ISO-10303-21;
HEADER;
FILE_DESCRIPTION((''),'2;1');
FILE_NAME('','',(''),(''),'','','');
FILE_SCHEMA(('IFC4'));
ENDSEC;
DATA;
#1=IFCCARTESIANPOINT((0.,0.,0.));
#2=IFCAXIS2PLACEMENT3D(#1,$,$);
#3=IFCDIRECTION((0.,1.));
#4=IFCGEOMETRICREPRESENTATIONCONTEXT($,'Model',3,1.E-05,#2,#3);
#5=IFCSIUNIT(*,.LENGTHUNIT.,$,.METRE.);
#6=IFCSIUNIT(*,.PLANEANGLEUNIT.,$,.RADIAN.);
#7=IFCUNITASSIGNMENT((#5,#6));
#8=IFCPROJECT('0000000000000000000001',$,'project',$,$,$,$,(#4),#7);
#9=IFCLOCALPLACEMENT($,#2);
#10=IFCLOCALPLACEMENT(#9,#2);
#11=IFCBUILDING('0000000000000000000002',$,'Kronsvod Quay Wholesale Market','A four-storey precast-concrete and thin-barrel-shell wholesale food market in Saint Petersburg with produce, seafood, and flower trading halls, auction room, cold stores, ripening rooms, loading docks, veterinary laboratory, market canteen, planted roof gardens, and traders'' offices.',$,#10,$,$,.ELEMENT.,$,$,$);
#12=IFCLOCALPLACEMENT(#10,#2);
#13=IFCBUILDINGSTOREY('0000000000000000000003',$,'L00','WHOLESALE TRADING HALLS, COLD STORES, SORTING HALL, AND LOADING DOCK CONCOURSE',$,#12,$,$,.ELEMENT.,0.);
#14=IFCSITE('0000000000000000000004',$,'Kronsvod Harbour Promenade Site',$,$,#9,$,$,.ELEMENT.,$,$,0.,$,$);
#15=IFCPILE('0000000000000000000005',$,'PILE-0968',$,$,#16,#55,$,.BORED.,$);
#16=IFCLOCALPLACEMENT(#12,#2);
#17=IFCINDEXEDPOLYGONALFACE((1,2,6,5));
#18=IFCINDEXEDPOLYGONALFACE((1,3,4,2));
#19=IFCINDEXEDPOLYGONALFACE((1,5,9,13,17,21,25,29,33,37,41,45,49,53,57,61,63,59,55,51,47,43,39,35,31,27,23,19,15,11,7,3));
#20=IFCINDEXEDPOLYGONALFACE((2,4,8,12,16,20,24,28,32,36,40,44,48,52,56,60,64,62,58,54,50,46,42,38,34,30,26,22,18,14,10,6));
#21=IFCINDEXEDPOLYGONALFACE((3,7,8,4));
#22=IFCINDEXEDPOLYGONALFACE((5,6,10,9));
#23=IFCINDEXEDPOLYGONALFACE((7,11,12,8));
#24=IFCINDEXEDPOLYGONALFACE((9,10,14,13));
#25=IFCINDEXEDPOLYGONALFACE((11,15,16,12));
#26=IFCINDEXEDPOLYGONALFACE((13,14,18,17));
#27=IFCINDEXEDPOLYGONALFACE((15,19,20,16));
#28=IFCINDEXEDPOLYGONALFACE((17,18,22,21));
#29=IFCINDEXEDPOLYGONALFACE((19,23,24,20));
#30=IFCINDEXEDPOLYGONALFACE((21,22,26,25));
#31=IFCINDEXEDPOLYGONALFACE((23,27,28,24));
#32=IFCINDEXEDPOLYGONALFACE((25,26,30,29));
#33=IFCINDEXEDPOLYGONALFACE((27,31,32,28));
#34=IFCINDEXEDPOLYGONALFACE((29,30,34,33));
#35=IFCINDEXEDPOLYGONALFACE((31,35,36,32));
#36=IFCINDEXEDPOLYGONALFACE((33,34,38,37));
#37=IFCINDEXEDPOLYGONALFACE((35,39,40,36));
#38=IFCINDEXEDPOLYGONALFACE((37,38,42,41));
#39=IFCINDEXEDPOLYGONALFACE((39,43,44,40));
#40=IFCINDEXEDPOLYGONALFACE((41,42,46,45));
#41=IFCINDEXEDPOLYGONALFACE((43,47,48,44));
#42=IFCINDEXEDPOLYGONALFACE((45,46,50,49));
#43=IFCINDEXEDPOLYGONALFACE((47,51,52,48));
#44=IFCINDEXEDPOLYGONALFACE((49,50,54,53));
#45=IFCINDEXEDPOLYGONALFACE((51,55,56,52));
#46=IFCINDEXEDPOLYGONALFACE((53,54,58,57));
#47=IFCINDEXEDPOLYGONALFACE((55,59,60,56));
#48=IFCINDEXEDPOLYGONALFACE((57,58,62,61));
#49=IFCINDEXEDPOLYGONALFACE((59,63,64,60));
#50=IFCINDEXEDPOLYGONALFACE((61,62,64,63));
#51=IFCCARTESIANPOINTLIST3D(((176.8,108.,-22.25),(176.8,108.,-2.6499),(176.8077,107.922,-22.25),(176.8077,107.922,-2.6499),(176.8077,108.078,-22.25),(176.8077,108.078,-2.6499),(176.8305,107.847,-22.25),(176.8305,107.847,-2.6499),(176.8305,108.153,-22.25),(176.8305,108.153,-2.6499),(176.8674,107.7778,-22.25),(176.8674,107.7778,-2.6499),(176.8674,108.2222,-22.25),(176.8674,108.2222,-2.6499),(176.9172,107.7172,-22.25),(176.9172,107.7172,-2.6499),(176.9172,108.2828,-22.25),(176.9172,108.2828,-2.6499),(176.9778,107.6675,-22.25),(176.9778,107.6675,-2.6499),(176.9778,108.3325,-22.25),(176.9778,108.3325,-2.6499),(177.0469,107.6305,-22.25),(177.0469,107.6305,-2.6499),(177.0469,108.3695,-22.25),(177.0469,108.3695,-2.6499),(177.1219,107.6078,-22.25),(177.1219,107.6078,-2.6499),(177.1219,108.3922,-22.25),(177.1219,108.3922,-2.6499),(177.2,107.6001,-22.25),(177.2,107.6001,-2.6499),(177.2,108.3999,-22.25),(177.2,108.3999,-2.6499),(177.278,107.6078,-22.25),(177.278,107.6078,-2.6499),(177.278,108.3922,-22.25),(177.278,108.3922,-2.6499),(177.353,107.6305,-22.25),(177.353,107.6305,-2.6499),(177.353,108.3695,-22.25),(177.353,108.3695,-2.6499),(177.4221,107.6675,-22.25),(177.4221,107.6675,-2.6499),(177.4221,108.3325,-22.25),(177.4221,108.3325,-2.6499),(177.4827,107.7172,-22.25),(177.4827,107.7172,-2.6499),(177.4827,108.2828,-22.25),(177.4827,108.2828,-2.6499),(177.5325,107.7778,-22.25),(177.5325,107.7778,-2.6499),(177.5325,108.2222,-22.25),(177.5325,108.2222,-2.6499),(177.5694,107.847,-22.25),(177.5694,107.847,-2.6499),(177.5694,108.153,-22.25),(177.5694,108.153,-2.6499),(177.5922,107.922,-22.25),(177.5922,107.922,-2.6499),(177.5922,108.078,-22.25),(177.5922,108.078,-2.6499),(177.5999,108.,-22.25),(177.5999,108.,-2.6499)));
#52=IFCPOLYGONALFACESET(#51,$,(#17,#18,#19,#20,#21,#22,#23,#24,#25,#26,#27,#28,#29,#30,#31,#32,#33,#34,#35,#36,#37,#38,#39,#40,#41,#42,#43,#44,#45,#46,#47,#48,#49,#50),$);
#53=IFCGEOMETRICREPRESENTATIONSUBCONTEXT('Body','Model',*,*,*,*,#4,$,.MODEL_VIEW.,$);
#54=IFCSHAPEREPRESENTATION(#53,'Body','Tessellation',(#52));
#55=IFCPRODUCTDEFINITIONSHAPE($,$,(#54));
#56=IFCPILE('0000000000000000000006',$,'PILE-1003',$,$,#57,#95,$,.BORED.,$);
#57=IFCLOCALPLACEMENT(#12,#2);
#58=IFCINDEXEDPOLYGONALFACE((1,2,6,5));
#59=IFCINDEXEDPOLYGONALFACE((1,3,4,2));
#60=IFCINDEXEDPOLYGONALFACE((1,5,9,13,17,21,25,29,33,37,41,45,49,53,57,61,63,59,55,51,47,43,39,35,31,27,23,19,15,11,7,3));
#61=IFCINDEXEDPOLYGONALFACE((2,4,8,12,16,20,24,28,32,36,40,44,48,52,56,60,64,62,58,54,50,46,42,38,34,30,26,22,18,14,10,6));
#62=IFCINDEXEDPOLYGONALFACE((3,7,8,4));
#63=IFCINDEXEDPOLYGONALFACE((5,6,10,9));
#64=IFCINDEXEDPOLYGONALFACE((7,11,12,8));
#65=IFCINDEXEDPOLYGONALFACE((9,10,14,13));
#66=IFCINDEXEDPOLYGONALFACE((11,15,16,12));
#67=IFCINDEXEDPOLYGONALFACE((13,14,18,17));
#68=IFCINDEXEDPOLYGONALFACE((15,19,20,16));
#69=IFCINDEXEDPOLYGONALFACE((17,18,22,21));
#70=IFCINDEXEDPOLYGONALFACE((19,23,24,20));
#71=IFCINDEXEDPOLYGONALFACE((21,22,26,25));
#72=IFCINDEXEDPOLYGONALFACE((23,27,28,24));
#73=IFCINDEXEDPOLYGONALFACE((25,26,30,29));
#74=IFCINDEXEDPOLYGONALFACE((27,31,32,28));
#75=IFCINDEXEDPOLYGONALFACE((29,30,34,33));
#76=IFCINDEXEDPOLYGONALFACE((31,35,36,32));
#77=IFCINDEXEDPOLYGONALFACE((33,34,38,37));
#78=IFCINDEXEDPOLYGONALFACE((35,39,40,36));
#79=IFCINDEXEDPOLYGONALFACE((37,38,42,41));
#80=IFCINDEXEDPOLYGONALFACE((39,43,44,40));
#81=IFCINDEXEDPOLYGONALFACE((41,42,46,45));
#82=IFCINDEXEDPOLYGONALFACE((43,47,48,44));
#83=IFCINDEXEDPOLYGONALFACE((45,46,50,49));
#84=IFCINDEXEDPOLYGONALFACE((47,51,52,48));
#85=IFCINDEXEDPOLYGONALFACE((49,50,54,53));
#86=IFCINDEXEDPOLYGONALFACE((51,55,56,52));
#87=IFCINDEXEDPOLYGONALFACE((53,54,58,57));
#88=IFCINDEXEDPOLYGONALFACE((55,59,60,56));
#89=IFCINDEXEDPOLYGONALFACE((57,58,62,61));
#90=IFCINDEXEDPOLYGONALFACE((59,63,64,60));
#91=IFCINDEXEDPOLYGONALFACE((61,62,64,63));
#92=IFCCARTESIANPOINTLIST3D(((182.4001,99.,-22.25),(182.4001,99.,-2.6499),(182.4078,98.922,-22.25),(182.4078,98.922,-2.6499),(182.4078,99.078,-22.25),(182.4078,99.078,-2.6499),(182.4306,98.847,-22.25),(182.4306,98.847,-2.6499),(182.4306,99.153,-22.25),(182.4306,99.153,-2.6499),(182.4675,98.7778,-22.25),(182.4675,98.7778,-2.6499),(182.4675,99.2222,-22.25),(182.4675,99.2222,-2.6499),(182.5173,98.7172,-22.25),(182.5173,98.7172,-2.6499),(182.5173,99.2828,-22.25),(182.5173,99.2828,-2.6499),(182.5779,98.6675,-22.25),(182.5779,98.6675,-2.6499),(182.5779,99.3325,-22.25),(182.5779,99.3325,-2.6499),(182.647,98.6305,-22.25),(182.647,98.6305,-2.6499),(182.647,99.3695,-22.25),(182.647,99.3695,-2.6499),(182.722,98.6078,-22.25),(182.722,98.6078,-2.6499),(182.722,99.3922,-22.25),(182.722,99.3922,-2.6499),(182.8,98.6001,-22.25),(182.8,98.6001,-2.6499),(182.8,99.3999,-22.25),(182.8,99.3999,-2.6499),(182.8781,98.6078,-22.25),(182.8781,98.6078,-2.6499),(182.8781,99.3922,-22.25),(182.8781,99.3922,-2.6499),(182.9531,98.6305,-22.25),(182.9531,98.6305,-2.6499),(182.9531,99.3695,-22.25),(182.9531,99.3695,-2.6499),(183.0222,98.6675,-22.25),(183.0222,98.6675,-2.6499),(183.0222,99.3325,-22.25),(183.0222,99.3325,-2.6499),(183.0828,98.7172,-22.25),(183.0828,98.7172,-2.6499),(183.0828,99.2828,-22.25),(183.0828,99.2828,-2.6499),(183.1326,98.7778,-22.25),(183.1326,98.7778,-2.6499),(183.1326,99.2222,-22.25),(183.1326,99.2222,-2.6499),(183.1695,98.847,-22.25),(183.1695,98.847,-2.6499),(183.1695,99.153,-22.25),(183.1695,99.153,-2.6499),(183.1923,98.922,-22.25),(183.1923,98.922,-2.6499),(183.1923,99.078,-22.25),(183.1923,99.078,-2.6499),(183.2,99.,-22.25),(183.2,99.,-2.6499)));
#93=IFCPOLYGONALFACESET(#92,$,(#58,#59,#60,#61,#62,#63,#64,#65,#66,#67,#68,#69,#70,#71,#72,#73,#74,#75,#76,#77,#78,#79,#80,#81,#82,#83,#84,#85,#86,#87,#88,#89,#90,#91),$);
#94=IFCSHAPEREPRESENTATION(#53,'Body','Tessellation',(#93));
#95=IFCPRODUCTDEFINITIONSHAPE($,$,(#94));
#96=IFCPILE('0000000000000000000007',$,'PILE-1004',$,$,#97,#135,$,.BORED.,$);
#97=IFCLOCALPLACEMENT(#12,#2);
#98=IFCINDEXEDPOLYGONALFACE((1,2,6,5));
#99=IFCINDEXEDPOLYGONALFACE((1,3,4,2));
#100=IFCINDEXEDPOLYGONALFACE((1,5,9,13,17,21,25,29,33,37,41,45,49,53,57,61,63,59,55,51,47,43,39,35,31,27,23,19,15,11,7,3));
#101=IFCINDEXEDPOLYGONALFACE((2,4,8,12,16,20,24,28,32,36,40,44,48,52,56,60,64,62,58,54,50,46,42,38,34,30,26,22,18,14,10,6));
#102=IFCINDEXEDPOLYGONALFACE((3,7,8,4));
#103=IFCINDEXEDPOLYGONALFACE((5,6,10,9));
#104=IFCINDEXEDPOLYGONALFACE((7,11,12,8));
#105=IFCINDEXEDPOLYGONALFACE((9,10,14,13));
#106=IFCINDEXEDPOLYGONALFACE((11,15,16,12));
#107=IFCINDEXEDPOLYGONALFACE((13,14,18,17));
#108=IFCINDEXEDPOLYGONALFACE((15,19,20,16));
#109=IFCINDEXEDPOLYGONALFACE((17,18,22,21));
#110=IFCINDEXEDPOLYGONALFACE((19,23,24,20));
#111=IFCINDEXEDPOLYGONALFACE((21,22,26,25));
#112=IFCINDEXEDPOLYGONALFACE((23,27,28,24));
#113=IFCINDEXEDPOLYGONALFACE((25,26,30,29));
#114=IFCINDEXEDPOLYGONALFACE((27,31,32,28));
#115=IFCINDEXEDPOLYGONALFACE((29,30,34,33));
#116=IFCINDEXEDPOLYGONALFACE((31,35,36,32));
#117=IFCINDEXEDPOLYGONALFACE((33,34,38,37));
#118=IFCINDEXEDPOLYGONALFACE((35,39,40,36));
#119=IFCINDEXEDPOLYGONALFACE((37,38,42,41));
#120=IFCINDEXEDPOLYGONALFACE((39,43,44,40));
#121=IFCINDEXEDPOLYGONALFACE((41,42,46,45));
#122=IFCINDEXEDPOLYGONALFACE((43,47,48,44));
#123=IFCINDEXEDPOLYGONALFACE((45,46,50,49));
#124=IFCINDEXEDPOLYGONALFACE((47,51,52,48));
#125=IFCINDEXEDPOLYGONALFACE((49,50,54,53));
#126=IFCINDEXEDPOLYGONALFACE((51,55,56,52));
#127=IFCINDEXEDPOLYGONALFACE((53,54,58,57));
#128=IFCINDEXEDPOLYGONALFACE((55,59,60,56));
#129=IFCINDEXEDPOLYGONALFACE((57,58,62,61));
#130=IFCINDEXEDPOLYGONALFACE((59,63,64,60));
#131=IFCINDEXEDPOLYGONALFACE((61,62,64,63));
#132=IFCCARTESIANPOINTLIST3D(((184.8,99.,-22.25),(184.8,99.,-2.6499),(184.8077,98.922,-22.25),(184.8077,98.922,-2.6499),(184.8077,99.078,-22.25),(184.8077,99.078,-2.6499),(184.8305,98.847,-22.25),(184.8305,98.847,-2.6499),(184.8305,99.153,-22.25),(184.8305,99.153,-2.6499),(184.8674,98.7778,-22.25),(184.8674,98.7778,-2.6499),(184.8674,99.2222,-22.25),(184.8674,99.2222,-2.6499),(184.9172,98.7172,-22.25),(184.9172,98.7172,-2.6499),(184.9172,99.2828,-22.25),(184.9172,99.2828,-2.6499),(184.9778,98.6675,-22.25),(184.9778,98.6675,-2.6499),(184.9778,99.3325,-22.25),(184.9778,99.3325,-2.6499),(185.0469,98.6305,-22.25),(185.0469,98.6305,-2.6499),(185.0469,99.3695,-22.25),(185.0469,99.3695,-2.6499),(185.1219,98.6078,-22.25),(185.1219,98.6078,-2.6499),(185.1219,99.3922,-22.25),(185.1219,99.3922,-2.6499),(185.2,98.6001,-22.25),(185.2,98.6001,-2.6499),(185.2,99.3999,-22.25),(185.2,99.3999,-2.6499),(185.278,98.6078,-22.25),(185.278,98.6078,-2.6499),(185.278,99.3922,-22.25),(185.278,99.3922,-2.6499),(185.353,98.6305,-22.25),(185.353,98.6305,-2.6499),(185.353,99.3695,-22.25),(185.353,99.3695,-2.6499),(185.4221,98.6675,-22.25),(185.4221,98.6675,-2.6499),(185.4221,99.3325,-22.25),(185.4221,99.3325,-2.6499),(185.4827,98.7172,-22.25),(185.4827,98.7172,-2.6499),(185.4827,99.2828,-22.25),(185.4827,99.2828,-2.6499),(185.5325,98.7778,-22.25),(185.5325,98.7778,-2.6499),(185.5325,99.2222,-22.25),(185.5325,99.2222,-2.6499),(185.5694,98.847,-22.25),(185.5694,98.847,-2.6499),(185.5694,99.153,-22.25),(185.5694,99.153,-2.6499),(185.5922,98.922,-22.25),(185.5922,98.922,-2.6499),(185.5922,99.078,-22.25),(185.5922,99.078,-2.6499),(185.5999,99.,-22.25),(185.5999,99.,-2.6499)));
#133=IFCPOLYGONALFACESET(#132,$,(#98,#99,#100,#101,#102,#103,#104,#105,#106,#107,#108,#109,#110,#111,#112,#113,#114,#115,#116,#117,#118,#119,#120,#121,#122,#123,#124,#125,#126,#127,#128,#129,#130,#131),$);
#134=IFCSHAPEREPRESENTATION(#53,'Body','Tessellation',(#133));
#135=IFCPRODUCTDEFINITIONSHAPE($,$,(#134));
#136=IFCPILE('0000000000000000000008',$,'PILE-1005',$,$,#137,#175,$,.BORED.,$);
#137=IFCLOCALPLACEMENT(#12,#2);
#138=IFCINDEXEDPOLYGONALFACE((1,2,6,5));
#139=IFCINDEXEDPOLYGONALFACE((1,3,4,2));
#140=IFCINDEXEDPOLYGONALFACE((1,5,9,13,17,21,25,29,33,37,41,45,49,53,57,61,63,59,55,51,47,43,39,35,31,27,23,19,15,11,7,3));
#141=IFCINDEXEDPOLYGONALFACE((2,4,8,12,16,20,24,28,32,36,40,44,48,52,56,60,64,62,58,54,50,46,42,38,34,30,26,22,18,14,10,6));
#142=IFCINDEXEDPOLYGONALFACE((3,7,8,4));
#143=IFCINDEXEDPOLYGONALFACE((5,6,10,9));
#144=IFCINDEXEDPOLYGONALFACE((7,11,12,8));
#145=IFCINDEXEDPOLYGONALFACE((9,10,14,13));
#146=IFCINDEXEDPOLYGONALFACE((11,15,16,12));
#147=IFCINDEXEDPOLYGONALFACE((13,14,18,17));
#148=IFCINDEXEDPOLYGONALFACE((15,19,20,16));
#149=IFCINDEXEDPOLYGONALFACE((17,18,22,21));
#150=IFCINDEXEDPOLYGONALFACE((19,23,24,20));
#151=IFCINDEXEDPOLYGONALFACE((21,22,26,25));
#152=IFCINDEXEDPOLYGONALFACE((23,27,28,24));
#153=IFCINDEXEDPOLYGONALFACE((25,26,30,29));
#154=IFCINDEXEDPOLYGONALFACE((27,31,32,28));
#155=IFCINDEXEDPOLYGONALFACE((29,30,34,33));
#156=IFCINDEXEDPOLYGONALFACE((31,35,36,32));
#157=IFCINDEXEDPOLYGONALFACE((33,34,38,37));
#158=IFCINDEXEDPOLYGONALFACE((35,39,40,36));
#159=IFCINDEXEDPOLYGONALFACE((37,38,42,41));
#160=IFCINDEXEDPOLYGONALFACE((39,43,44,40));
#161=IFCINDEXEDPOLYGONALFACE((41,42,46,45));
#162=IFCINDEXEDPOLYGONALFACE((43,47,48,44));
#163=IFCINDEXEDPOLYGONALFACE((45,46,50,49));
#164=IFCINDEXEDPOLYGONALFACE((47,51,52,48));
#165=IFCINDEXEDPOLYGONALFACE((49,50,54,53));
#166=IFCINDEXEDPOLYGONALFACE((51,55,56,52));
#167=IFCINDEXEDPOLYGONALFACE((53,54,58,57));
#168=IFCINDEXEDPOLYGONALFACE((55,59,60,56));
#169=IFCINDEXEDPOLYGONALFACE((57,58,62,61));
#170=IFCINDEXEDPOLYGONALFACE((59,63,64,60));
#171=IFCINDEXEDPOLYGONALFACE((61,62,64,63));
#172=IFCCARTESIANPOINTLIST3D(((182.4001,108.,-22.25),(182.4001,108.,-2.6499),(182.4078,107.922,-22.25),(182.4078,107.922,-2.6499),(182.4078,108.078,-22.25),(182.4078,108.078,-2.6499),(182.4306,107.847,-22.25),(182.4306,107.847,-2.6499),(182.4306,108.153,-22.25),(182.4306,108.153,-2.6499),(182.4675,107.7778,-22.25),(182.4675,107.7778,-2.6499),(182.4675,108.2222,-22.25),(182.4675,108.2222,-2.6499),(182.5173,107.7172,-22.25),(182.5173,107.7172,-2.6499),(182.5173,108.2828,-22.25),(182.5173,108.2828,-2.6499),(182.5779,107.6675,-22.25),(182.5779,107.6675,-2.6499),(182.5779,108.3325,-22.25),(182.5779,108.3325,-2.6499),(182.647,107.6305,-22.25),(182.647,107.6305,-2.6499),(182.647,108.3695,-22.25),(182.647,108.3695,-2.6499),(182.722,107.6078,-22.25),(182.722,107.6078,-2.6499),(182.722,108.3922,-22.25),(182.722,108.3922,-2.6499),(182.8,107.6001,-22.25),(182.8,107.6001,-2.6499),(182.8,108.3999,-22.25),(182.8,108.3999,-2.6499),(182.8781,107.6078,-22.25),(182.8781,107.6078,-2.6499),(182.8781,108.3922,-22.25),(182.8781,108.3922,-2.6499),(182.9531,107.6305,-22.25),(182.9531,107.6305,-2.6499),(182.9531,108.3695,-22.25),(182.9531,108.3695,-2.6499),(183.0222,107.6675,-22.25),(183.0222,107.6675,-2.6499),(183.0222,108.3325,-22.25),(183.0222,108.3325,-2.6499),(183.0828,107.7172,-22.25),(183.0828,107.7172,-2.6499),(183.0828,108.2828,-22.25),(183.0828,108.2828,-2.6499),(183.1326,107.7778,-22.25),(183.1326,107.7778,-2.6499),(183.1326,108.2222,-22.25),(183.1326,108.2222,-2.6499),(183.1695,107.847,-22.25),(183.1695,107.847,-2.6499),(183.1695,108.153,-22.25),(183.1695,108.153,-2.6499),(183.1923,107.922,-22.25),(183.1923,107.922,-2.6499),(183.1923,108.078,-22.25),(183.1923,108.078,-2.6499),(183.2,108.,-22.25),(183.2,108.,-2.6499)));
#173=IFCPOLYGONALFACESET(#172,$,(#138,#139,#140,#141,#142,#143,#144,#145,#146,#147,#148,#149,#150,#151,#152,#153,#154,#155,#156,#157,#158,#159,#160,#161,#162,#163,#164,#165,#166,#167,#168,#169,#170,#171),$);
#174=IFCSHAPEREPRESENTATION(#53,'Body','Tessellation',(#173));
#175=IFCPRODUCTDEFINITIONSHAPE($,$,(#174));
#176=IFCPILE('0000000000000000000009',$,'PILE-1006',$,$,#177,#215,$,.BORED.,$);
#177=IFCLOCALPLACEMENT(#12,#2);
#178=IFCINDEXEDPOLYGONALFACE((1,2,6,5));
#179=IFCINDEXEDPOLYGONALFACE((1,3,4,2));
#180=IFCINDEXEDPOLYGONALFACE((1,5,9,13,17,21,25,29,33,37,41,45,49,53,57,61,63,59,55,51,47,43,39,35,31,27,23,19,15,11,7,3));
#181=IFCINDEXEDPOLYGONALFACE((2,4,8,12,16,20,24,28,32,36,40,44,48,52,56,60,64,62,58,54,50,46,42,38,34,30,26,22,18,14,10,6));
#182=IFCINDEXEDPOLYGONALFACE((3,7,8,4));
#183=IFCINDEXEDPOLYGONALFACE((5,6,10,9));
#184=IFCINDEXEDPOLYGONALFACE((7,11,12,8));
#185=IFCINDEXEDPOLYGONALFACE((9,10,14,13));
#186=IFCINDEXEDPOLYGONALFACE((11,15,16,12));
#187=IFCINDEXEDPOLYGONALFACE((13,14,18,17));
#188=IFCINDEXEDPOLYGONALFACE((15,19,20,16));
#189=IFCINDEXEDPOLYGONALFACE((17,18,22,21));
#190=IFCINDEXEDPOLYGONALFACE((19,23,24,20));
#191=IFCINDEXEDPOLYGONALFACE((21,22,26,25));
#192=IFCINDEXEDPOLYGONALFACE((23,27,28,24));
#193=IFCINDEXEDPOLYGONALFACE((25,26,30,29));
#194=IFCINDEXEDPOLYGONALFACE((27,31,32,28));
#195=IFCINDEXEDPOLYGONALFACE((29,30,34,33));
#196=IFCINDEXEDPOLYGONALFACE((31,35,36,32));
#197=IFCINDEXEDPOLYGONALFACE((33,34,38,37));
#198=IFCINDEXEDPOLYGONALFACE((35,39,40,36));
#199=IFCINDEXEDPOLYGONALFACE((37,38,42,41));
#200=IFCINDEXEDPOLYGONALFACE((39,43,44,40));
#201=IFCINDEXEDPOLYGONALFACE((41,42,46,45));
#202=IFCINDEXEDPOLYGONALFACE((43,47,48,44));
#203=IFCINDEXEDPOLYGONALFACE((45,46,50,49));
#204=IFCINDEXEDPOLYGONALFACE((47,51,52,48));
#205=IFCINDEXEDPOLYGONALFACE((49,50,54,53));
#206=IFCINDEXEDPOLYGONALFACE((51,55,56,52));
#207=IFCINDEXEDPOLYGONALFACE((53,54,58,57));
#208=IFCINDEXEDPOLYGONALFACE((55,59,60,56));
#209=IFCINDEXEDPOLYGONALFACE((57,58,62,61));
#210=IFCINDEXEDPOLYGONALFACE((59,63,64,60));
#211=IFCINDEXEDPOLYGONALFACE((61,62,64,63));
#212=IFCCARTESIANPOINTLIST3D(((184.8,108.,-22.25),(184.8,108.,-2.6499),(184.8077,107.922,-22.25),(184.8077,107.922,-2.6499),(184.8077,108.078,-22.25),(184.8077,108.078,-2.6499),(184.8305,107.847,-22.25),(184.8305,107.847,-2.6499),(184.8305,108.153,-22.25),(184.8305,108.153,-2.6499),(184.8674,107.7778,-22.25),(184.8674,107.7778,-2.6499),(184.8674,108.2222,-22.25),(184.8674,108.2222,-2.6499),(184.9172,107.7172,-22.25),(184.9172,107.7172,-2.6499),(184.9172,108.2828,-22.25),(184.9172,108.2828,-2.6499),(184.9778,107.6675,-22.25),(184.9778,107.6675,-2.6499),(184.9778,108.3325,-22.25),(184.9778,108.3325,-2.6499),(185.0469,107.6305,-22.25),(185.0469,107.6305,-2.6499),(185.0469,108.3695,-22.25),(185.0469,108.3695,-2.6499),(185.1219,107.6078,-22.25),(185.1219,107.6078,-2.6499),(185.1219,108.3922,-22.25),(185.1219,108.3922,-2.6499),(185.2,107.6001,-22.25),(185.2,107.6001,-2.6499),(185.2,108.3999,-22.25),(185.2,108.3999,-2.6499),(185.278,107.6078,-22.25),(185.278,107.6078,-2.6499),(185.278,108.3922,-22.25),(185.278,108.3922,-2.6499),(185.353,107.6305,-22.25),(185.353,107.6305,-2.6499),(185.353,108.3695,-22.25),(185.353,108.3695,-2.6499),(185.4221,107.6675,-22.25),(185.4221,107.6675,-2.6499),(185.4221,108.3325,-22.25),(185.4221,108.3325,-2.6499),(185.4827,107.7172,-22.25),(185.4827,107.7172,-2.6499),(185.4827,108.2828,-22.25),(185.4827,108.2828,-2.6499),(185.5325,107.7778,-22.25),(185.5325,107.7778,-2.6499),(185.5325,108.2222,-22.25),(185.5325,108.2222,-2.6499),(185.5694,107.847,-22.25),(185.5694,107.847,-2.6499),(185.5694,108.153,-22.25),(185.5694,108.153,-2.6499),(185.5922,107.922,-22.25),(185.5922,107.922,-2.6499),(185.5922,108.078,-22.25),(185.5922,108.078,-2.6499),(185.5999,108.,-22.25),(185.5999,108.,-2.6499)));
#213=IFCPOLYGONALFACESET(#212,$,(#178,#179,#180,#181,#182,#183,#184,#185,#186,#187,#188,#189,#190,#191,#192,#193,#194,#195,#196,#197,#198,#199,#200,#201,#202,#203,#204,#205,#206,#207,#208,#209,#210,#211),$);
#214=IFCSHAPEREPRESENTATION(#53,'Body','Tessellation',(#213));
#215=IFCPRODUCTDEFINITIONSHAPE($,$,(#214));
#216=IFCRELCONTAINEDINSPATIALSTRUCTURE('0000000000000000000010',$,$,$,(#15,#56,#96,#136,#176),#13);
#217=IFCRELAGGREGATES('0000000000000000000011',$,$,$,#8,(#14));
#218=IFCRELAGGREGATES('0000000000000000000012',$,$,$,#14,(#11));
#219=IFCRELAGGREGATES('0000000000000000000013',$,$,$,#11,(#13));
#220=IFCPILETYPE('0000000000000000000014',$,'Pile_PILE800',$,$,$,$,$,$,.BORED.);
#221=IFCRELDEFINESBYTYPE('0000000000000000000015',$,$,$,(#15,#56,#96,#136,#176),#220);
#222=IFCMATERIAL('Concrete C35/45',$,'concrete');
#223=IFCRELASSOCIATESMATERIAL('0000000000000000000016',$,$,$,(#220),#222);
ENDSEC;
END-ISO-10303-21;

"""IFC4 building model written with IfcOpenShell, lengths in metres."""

from ifc_helpers import new_model, si_unit, direction, frame, origin, origin_2d, place, context, subcontext, project, spatial, circle, extrude, material, material_profile, profile_set, type_object, element, save


model = new_model("IFC4")

# Units and contexts
model_context = context("Model", 3, precision=1e-05, world=origin(), true_north=direction((0.0, 1.0)))
body_context = subcontext(model_context, "Body", "Model", "MODEL_VIEW")
ifc_project = project(units=[si_unit("LENGTHUNIT", "METRE"), si_unit("PLANEANGLEUNIT", "RADIAN")], contexts=[model_context])

# Site, building, storey
site_placement = place(None, origin())
site = spatial("IfcSite", under=ifc_project, at=site_placement, Name="Kronsvod Harbour Promenade Site", CompositionType="ELEMENT", RefElevation=0.0)
building_placement = place(site_placement, origin())
building = spatial("IfcBuilding", under=site, at=building_placement, Name="Kronsvod Quay Wholesale Market", Description="A four-storey precast-concrete and thin-barrel-shell wholesale food market in Saint Petersburg with produce, seafood, and flower trading halls, auction room, cold stores, ripening rooms, loading docks, veterinary laboratory, market canteen, planted roof gardens, and traders' offices.", CompositionType="ELEMENT")
storey_placement = place(building_placement, origin())
storey = spatial("IfcBuildingStorey", under=building, at=storey_placement, Name="L00", Description="WHOLESALE TRADING HALLS, COLD STORES, SORTING HALL, AND LOADING DOCK CONCOURSE", CompositionType="ELEMENT", Elevation=0.0)

# Piles
ifc_material_1 = material(Name="Concrete C35/45", Category="concrete")
ifc_material_profile_1 = material_profile(ifc_material_1, circle(Radius=0.3999, at=origin_2d()), Name="PILE800")
ifc_profile_set_1 = profile_set([ifc_material_profile_1], Name="Concrete C35/45")
pile_type = type_object("IfcPileType", Name="Pile_PILE800", PredefinedType="BORED", material=ifc_profile_set_1)
for number, where, z_axis, x_axis, name in (
    (1, (177.2, 108.0, -2.6499), (0.0, 0.0, -1.0), (1.0, 0.0, 0.0), "PILE-0968"),
    (2, (182.8, 99.0, -2.6499), (0.0, 0.0, -1.0), (1.0, 0.0, 0.0), "PILE-1003"),
    (3, (185.2, 99.0, -2.6499), (0.0, 0.0, -1.0), (1.0, 0.0, 0.0), "PILE-1004"),
    (4, (182.8, 108.0, -2.6499), (0.0, 0.0, -1.0), (1.0, 0.0, 0.0), "PILE-1005"),
    (5, (185.2, 108.0, -2.6499), (0.0, 0.0, -1.0), (1.0, 0.0, 0.0), "PILE-1006"),
):
    element("IfcPile", number, at=place(storey_placement, frame(where, z_axis=z_axis, x_axis=x_axis)), inside=storey, type_object=pile_type, Name=name, PredefinedType="BORED", context=body_context, shape_type="SweptSolid", body=[
        extrude(circle(Radius=0.3999, at=origin_2d()), origin(), (0.0, 0.0, 1.0), 19.6001),
    ])

save(model, "model.ifc")
